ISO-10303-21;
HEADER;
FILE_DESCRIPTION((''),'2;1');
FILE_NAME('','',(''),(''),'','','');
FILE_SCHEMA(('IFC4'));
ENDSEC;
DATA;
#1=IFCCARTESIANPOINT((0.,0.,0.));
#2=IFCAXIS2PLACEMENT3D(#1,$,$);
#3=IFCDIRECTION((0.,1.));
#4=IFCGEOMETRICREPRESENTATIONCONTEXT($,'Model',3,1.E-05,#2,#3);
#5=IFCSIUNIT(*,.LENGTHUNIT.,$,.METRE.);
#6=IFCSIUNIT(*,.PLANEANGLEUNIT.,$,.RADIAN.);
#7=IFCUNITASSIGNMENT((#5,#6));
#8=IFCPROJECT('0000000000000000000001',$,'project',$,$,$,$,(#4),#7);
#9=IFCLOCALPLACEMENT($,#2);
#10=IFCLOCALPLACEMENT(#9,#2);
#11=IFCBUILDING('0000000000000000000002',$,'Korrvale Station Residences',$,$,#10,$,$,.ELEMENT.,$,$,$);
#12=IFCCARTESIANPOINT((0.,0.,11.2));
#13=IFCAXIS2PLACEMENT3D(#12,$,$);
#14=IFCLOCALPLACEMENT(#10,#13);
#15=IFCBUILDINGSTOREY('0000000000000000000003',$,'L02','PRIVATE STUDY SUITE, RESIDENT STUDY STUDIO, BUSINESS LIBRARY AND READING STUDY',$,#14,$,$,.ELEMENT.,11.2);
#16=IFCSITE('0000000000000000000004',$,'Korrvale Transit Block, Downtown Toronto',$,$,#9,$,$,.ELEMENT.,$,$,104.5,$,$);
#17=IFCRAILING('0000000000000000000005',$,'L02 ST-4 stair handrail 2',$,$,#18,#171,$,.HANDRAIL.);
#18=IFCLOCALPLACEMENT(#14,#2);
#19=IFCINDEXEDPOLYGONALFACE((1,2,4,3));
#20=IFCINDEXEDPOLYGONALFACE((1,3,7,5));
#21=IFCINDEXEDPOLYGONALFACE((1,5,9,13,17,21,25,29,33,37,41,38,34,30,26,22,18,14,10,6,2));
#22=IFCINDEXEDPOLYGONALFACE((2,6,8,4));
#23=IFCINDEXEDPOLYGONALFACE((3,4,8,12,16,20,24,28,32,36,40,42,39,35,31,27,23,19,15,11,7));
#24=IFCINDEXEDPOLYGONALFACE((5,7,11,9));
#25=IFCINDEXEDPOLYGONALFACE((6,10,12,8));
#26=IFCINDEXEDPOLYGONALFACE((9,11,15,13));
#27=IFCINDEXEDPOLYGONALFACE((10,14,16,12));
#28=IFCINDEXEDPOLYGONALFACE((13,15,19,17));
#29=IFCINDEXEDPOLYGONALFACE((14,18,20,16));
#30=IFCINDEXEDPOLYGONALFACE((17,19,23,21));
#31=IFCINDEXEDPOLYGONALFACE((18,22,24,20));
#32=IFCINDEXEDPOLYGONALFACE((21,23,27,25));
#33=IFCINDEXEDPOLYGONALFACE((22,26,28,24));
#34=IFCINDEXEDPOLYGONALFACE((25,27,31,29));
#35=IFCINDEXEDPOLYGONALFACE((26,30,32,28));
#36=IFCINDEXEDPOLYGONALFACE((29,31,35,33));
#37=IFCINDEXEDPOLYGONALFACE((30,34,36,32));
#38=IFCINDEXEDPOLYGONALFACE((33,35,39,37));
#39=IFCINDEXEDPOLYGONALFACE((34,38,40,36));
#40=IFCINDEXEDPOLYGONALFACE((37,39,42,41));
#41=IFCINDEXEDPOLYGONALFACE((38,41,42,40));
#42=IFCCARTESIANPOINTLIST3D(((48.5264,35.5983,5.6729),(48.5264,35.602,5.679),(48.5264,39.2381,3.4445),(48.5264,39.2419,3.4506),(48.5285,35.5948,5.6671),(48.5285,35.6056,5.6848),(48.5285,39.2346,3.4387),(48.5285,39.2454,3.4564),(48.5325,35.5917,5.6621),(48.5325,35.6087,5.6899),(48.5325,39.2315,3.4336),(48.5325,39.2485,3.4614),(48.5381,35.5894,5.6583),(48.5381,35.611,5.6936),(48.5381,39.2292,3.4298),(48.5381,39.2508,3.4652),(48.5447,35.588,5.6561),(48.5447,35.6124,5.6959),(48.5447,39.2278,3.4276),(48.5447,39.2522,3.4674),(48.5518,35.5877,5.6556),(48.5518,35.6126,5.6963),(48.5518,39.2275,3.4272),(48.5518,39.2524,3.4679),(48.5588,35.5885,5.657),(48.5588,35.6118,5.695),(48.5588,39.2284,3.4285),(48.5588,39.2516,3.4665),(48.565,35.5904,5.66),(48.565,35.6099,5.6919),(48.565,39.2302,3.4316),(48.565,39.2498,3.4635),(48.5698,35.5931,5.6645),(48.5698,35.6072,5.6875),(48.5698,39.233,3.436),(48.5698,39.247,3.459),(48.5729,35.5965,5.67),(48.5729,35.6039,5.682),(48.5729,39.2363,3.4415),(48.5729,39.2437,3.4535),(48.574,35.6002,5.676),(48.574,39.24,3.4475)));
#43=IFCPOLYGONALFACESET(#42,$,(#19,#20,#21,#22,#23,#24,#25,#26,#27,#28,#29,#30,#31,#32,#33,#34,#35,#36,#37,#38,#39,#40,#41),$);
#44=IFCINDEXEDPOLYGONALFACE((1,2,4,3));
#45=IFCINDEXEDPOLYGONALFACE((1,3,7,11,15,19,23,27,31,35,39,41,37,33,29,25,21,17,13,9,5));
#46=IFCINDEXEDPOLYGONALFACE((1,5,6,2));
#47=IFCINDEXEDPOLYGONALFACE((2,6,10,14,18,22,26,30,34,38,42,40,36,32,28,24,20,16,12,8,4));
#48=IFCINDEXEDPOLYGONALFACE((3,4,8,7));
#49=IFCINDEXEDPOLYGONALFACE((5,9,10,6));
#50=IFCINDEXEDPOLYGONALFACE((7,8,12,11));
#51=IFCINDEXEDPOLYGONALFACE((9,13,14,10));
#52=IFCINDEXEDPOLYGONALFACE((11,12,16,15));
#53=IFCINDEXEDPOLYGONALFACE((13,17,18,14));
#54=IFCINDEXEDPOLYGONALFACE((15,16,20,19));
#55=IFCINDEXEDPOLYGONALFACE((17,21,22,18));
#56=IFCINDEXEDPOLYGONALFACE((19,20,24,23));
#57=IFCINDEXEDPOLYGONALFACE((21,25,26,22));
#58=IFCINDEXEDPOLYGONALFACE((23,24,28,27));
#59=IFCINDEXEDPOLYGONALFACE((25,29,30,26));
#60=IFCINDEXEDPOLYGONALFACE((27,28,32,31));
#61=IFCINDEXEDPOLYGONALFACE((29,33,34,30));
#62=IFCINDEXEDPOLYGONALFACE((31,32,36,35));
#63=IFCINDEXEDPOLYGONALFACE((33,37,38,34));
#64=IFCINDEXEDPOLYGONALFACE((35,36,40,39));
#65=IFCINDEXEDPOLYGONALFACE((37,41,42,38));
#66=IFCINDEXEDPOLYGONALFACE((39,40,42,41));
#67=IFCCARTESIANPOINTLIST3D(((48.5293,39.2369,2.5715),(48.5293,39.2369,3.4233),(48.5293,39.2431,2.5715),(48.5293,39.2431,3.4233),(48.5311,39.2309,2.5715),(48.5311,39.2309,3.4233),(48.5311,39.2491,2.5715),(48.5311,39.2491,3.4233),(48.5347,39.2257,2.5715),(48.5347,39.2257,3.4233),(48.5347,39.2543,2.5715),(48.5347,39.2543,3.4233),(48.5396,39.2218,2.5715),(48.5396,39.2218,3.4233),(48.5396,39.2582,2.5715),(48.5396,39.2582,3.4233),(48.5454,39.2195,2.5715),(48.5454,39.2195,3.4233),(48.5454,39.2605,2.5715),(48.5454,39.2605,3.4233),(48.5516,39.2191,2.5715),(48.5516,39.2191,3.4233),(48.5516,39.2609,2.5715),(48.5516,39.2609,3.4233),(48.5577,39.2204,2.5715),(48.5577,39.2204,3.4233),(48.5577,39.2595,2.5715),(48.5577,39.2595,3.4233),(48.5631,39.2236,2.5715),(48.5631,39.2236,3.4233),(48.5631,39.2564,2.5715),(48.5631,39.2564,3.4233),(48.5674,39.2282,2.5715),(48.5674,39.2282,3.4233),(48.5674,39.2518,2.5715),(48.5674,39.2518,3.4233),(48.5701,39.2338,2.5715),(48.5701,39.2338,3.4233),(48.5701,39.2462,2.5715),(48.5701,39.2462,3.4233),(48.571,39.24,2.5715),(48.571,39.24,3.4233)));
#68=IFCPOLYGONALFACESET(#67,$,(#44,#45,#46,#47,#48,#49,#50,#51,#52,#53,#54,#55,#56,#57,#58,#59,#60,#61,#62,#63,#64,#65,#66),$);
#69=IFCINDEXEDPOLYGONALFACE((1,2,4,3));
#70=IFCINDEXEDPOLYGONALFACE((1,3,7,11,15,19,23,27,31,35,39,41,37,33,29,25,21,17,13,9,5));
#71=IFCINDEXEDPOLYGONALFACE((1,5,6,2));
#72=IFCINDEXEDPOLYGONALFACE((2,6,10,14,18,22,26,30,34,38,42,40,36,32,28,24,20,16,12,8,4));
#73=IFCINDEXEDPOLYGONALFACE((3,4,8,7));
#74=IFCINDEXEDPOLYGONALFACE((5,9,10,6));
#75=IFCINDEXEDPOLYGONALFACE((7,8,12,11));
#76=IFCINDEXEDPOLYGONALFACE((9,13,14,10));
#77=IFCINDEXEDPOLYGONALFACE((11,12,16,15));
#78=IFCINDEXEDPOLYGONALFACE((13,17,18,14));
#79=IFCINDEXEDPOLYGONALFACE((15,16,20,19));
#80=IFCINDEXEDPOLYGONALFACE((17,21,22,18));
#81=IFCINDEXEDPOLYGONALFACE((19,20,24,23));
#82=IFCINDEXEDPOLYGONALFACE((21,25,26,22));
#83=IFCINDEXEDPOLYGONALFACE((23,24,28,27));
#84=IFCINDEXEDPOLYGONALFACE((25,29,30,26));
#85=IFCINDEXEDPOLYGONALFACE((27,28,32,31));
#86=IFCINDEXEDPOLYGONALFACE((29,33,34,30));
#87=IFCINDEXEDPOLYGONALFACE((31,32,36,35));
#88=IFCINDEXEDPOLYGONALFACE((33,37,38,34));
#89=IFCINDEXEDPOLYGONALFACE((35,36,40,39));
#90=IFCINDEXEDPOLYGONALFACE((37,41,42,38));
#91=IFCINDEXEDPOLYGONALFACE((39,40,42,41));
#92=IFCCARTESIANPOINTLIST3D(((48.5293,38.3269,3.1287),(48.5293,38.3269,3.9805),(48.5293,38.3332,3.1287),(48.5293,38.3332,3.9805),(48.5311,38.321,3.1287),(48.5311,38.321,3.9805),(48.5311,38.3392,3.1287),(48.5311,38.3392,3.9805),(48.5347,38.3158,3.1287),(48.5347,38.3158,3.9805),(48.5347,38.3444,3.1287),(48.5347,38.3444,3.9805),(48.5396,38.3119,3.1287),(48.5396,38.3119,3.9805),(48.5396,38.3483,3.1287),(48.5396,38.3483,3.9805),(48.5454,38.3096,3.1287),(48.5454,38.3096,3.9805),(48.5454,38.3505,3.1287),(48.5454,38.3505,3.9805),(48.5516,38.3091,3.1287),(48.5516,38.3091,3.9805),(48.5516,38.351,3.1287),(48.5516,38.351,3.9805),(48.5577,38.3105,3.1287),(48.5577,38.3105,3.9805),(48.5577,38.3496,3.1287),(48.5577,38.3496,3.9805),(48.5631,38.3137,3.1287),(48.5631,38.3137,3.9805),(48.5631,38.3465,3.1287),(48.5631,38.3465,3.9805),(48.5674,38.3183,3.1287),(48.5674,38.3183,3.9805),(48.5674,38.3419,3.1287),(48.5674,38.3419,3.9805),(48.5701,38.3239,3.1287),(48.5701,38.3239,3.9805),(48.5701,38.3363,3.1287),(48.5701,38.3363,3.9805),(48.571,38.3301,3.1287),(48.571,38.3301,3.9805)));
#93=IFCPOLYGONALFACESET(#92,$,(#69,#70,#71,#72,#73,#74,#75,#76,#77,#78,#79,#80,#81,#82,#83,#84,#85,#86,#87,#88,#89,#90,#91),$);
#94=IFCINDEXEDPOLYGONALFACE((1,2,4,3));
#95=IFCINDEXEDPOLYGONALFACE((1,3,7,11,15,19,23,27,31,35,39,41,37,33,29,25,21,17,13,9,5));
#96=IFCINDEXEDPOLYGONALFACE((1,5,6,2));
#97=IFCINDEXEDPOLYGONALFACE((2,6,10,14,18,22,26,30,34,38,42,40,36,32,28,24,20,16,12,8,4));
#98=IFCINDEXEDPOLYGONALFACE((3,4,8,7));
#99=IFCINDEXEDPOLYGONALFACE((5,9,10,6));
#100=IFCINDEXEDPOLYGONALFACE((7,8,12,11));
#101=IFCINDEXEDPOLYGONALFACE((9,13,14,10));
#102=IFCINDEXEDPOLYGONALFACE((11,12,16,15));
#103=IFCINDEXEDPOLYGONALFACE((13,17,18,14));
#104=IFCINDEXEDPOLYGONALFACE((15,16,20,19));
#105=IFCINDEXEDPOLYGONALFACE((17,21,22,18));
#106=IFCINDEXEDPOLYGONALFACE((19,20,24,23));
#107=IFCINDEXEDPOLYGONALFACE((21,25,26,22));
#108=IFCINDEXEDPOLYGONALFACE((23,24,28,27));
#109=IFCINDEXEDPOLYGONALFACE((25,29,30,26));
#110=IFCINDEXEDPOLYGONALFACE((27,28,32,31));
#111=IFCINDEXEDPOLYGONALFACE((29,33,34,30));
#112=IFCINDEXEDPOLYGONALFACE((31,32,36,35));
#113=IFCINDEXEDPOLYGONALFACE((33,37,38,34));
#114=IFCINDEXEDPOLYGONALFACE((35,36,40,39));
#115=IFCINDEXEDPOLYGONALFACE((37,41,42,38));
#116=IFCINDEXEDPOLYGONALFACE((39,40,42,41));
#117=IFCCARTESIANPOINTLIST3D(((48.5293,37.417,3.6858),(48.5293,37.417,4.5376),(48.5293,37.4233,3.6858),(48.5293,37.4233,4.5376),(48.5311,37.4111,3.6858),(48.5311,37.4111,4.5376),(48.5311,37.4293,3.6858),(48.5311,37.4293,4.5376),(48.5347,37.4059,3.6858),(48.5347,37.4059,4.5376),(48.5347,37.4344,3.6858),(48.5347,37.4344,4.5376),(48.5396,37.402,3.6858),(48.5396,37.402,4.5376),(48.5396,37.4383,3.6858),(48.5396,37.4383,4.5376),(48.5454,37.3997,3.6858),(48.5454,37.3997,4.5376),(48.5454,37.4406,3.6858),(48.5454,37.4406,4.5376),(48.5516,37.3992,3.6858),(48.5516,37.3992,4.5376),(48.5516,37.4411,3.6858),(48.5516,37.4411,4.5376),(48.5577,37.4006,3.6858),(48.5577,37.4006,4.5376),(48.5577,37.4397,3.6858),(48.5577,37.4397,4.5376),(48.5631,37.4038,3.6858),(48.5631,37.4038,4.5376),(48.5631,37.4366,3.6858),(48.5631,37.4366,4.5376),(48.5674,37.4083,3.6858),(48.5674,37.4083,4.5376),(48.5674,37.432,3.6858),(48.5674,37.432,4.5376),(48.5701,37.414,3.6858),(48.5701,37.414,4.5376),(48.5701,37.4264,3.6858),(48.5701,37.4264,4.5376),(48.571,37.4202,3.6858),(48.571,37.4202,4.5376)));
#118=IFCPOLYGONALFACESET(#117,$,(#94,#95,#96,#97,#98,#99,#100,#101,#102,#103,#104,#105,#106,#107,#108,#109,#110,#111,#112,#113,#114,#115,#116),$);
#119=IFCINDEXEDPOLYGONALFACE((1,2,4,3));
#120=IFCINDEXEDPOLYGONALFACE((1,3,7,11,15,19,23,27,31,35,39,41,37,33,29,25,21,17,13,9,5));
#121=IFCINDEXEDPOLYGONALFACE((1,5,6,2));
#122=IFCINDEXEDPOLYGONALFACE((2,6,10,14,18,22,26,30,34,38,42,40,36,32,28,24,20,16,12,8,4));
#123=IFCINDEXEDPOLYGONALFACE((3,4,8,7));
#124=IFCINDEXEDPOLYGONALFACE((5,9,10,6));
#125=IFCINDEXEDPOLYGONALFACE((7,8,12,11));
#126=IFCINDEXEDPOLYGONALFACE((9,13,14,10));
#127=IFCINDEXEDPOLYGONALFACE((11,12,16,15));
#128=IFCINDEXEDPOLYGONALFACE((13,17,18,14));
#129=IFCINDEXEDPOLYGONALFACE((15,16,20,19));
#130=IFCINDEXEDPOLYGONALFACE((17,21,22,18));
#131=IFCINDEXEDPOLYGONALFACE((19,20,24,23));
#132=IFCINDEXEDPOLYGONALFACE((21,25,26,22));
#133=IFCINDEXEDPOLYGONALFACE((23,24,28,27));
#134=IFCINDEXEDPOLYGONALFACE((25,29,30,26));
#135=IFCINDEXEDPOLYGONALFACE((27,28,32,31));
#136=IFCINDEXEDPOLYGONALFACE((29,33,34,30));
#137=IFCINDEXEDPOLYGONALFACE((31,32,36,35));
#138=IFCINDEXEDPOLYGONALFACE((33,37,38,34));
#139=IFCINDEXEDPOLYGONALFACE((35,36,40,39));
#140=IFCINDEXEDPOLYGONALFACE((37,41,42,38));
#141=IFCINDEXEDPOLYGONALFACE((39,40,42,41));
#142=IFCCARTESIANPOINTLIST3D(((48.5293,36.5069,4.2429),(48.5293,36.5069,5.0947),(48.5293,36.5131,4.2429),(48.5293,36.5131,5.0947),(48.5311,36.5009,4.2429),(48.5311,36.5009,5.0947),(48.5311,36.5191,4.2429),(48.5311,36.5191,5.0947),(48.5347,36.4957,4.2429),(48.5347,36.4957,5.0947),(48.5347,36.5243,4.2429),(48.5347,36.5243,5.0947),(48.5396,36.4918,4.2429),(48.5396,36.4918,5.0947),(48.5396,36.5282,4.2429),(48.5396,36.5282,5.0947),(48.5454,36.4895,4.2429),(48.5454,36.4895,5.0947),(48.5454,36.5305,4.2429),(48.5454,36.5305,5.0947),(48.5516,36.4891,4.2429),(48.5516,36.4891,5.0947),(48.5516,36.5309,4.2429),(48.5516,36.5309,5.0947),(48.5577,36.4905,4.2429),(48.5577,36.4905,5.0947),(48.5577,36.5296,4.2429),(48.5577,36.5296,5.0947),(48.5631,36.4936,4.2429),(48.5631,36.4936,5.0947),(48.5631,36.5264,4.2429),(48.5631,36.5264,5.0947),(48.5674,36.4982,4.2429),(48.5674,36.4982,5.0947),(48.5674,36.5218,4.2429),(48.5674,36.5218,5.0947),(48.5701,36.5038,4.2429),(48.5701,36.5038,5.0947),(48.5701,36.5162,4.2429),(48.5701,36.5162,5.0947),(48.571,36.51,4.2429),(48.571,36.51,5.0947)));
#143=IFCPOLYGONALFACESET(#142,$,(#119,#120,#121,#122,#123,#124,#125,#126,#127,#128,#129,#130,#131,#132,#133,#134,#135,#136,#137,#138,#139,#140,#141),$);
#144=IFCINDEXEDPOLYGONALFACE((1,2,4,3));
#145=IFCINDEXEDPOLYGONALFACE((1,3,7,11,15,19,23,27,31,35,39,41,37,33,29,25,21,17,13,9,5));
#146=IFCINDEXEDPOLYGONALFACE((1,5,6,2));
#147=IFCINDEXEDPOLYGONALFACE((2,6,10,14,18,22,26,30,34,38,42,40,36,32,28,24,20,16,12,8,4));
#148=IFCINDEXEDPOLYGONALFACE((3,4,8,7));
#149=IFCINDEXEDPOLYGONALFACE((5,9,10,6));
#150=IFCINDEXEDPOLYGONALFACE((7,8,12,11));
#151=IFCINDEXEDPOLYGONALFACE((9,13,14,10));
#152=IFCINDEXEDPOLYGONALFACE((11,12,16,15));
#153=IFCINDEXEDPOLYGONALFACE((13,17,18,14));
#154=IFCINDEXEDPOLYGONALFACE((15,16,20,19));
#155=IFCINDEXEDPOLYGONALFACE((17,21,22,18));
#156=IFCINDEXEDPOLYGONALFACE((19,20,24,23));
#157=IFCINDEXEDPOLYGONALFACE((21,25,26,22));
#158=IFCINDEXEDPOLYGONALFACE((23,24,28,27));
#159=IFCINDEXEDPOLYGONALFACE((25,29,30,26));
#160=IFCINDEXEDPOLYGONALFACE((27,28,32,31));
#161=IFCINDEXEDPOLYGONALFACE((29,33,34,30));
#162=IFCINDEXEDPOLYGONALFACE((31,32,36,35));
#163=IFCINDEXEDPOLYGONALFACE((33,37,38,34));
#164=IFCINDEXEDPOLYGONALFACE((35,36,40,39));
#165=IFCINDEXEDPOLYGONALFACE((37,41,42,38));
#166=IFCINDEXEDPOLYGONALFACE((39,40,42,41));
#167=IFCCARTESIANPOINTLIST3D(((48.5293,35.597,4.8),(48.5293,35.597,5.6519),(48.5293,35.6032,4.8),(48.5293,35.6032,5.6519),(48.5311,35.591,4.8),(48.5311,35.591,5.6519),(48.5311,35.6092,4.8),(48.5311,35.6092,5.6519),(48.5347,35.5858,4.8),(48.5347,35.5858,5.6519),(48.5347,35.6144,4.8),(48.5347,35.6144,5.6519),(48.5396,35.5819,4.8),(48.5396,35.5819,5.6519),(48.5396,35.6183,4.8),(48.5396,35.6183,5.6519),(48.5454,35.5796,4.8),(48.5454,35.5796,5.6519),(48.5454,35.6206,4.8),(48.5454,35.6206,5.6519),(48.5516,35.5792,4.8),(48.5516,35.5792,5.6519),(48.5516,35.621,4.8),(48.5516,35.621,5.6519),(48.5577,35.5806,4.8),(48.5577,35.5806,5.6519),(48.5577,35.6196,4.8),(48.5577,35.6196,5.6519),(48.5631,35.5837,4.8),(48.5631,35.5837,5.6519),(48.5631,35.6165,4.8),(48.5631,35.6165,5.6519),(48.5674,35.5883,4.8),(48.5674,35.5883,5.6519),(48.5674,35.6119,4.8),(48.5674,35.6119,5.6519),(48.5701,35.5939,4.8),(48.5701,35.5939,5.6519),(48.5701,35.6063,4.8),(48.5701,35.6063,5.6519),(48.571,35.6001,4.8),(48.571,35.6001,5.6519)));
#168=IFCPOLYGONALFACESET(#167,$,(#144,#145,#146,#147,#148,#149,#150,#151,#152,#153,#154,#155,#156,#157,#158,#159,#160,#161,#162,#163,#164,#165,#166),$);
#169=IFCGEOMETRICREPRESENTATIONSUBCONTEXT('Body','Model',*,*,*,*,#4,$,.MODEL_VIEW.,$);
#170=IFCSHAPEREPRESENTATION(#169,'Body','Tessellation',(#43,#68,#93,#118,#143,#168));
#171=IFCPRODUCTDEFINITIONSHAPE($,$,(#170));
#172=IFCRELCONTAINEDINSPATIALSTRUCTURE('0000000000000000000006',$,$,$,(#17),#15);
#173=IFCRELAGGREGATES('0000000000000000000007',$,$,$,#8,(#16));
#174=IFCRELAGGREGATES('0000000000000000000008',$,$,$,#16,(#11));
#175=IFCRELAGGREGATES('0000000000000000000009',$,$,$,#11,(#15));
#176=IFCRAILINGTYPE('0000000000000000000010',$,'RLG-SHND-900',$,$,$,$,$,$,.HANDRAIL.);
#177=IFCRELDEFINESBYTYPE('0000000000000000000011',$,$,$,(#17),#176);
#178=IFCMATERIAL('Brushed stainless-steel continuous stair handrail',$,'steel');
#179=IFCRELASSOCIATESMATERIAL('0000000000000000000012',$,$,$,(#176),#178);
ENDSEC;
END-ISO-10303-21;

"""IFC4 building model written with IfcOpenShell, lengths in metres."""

from ifc_helpers import new_model, si_unit, direction, frame, origin, origin_2d, place, context, subcontext, project, spatial, circle, extrude, material, type_object, element, save


model = new_model("IFC4")

# Units and contexts
model_context = context("Model", 3, precision=1e-05, world=origin(), true_north=direction((0.0, 1.0)))
body_context = subcontext(model_context, "Body", "Model", "MODEL_VIEW")
ifc_project = project(units=[si_unit("LENGTHUNIT", "METRE"), si_unit("PLANEANGLEUNIT", "RADIAN")], contexts=[model_context])

# Site, building, storey
site_placement = place(None, origin())
site = spatial("IfcSite", under=ifc_project, at=site_placement, Name="Korrvale Transit Block, Downtown Toronto", CompositionType="ELEMENT", RefElevation=104.5)
building_placement = place(site_placement, origin())
building = spatial("IfcBuilding", under=site, at=building_placement, Name="Korrvale Station Residences", CompositionType="ELEMENT")
storey_placement = place(building_placement, frame((0.0, 0.0, 11.2)))
storey = spatial("IfcBuildingStorey", under=building, at=storey_placement, Name="L02", Description="PRIVATE STUDY SUITE, RESIDENT STUDY STUDIO, BUSINESS LIBRARY AND READING STUDY", CompositionType="ELEMENT", Elevation=11.2)

# Railing
ifc_material_1 = material(Name="Brushed stainless-steel continuous stair handrail", Category="steel")
railing_type_1 = type_object("IfcRailingType", Name="RLG-SHND-900", PredefinedType="HANDRAIL", material=ifc_material_1)
railing_1_placement = place(storey_placement, frame((48.55, 39.24, 2.5715)))
element("IfcRailing", 1, at=railing_1_placement, inside=storey, type_object=railing_type_1, Name="L02 ST-4 stair handrail 2", PredefinedType="HANDRAIL", context=body_context, shape_type="SweptSolid", body=[
    extrude(circle(Radius=0.0239, at=origin_2d()), frame((0.0, 0.0, 0.876), z_axis=(0.0, -0.85285, 0.522156), x_axis=(1.0, 0.0, 0.0)), (0.0, 0.0, 1.0), 4.2678),
    extrude(circle(Radius=0.021, at=origin_2d()), origin(), (0.0, 0.0, 1.0), 0.8518),
    extrude(circle(Radius=0.021, at=origin_2d()), frame((0.0, -0.9099, 0.5571)), (0.0, 0.0, 1.0), 0.8518),
    extrude(circle(Radius=0.021, at=origin_2d()), frame((0.0, -1.8198, 1.1143)), (0.0, 0.0, 1.0), 0.8518),
    extrude(circle(Radius=0.021, at=origin_2d()), frame((0.0, -2.73, 1.6714)), (0.0, 0.0, 1.0), 0.8518),
    extrude(circle(Radius=0.021, at=origin_2d()), frame((0.0, -3.6399, 2.2285)), (0.0, 0.0, 1.0), 0.8518),
])

save(model, "model.ifc")
